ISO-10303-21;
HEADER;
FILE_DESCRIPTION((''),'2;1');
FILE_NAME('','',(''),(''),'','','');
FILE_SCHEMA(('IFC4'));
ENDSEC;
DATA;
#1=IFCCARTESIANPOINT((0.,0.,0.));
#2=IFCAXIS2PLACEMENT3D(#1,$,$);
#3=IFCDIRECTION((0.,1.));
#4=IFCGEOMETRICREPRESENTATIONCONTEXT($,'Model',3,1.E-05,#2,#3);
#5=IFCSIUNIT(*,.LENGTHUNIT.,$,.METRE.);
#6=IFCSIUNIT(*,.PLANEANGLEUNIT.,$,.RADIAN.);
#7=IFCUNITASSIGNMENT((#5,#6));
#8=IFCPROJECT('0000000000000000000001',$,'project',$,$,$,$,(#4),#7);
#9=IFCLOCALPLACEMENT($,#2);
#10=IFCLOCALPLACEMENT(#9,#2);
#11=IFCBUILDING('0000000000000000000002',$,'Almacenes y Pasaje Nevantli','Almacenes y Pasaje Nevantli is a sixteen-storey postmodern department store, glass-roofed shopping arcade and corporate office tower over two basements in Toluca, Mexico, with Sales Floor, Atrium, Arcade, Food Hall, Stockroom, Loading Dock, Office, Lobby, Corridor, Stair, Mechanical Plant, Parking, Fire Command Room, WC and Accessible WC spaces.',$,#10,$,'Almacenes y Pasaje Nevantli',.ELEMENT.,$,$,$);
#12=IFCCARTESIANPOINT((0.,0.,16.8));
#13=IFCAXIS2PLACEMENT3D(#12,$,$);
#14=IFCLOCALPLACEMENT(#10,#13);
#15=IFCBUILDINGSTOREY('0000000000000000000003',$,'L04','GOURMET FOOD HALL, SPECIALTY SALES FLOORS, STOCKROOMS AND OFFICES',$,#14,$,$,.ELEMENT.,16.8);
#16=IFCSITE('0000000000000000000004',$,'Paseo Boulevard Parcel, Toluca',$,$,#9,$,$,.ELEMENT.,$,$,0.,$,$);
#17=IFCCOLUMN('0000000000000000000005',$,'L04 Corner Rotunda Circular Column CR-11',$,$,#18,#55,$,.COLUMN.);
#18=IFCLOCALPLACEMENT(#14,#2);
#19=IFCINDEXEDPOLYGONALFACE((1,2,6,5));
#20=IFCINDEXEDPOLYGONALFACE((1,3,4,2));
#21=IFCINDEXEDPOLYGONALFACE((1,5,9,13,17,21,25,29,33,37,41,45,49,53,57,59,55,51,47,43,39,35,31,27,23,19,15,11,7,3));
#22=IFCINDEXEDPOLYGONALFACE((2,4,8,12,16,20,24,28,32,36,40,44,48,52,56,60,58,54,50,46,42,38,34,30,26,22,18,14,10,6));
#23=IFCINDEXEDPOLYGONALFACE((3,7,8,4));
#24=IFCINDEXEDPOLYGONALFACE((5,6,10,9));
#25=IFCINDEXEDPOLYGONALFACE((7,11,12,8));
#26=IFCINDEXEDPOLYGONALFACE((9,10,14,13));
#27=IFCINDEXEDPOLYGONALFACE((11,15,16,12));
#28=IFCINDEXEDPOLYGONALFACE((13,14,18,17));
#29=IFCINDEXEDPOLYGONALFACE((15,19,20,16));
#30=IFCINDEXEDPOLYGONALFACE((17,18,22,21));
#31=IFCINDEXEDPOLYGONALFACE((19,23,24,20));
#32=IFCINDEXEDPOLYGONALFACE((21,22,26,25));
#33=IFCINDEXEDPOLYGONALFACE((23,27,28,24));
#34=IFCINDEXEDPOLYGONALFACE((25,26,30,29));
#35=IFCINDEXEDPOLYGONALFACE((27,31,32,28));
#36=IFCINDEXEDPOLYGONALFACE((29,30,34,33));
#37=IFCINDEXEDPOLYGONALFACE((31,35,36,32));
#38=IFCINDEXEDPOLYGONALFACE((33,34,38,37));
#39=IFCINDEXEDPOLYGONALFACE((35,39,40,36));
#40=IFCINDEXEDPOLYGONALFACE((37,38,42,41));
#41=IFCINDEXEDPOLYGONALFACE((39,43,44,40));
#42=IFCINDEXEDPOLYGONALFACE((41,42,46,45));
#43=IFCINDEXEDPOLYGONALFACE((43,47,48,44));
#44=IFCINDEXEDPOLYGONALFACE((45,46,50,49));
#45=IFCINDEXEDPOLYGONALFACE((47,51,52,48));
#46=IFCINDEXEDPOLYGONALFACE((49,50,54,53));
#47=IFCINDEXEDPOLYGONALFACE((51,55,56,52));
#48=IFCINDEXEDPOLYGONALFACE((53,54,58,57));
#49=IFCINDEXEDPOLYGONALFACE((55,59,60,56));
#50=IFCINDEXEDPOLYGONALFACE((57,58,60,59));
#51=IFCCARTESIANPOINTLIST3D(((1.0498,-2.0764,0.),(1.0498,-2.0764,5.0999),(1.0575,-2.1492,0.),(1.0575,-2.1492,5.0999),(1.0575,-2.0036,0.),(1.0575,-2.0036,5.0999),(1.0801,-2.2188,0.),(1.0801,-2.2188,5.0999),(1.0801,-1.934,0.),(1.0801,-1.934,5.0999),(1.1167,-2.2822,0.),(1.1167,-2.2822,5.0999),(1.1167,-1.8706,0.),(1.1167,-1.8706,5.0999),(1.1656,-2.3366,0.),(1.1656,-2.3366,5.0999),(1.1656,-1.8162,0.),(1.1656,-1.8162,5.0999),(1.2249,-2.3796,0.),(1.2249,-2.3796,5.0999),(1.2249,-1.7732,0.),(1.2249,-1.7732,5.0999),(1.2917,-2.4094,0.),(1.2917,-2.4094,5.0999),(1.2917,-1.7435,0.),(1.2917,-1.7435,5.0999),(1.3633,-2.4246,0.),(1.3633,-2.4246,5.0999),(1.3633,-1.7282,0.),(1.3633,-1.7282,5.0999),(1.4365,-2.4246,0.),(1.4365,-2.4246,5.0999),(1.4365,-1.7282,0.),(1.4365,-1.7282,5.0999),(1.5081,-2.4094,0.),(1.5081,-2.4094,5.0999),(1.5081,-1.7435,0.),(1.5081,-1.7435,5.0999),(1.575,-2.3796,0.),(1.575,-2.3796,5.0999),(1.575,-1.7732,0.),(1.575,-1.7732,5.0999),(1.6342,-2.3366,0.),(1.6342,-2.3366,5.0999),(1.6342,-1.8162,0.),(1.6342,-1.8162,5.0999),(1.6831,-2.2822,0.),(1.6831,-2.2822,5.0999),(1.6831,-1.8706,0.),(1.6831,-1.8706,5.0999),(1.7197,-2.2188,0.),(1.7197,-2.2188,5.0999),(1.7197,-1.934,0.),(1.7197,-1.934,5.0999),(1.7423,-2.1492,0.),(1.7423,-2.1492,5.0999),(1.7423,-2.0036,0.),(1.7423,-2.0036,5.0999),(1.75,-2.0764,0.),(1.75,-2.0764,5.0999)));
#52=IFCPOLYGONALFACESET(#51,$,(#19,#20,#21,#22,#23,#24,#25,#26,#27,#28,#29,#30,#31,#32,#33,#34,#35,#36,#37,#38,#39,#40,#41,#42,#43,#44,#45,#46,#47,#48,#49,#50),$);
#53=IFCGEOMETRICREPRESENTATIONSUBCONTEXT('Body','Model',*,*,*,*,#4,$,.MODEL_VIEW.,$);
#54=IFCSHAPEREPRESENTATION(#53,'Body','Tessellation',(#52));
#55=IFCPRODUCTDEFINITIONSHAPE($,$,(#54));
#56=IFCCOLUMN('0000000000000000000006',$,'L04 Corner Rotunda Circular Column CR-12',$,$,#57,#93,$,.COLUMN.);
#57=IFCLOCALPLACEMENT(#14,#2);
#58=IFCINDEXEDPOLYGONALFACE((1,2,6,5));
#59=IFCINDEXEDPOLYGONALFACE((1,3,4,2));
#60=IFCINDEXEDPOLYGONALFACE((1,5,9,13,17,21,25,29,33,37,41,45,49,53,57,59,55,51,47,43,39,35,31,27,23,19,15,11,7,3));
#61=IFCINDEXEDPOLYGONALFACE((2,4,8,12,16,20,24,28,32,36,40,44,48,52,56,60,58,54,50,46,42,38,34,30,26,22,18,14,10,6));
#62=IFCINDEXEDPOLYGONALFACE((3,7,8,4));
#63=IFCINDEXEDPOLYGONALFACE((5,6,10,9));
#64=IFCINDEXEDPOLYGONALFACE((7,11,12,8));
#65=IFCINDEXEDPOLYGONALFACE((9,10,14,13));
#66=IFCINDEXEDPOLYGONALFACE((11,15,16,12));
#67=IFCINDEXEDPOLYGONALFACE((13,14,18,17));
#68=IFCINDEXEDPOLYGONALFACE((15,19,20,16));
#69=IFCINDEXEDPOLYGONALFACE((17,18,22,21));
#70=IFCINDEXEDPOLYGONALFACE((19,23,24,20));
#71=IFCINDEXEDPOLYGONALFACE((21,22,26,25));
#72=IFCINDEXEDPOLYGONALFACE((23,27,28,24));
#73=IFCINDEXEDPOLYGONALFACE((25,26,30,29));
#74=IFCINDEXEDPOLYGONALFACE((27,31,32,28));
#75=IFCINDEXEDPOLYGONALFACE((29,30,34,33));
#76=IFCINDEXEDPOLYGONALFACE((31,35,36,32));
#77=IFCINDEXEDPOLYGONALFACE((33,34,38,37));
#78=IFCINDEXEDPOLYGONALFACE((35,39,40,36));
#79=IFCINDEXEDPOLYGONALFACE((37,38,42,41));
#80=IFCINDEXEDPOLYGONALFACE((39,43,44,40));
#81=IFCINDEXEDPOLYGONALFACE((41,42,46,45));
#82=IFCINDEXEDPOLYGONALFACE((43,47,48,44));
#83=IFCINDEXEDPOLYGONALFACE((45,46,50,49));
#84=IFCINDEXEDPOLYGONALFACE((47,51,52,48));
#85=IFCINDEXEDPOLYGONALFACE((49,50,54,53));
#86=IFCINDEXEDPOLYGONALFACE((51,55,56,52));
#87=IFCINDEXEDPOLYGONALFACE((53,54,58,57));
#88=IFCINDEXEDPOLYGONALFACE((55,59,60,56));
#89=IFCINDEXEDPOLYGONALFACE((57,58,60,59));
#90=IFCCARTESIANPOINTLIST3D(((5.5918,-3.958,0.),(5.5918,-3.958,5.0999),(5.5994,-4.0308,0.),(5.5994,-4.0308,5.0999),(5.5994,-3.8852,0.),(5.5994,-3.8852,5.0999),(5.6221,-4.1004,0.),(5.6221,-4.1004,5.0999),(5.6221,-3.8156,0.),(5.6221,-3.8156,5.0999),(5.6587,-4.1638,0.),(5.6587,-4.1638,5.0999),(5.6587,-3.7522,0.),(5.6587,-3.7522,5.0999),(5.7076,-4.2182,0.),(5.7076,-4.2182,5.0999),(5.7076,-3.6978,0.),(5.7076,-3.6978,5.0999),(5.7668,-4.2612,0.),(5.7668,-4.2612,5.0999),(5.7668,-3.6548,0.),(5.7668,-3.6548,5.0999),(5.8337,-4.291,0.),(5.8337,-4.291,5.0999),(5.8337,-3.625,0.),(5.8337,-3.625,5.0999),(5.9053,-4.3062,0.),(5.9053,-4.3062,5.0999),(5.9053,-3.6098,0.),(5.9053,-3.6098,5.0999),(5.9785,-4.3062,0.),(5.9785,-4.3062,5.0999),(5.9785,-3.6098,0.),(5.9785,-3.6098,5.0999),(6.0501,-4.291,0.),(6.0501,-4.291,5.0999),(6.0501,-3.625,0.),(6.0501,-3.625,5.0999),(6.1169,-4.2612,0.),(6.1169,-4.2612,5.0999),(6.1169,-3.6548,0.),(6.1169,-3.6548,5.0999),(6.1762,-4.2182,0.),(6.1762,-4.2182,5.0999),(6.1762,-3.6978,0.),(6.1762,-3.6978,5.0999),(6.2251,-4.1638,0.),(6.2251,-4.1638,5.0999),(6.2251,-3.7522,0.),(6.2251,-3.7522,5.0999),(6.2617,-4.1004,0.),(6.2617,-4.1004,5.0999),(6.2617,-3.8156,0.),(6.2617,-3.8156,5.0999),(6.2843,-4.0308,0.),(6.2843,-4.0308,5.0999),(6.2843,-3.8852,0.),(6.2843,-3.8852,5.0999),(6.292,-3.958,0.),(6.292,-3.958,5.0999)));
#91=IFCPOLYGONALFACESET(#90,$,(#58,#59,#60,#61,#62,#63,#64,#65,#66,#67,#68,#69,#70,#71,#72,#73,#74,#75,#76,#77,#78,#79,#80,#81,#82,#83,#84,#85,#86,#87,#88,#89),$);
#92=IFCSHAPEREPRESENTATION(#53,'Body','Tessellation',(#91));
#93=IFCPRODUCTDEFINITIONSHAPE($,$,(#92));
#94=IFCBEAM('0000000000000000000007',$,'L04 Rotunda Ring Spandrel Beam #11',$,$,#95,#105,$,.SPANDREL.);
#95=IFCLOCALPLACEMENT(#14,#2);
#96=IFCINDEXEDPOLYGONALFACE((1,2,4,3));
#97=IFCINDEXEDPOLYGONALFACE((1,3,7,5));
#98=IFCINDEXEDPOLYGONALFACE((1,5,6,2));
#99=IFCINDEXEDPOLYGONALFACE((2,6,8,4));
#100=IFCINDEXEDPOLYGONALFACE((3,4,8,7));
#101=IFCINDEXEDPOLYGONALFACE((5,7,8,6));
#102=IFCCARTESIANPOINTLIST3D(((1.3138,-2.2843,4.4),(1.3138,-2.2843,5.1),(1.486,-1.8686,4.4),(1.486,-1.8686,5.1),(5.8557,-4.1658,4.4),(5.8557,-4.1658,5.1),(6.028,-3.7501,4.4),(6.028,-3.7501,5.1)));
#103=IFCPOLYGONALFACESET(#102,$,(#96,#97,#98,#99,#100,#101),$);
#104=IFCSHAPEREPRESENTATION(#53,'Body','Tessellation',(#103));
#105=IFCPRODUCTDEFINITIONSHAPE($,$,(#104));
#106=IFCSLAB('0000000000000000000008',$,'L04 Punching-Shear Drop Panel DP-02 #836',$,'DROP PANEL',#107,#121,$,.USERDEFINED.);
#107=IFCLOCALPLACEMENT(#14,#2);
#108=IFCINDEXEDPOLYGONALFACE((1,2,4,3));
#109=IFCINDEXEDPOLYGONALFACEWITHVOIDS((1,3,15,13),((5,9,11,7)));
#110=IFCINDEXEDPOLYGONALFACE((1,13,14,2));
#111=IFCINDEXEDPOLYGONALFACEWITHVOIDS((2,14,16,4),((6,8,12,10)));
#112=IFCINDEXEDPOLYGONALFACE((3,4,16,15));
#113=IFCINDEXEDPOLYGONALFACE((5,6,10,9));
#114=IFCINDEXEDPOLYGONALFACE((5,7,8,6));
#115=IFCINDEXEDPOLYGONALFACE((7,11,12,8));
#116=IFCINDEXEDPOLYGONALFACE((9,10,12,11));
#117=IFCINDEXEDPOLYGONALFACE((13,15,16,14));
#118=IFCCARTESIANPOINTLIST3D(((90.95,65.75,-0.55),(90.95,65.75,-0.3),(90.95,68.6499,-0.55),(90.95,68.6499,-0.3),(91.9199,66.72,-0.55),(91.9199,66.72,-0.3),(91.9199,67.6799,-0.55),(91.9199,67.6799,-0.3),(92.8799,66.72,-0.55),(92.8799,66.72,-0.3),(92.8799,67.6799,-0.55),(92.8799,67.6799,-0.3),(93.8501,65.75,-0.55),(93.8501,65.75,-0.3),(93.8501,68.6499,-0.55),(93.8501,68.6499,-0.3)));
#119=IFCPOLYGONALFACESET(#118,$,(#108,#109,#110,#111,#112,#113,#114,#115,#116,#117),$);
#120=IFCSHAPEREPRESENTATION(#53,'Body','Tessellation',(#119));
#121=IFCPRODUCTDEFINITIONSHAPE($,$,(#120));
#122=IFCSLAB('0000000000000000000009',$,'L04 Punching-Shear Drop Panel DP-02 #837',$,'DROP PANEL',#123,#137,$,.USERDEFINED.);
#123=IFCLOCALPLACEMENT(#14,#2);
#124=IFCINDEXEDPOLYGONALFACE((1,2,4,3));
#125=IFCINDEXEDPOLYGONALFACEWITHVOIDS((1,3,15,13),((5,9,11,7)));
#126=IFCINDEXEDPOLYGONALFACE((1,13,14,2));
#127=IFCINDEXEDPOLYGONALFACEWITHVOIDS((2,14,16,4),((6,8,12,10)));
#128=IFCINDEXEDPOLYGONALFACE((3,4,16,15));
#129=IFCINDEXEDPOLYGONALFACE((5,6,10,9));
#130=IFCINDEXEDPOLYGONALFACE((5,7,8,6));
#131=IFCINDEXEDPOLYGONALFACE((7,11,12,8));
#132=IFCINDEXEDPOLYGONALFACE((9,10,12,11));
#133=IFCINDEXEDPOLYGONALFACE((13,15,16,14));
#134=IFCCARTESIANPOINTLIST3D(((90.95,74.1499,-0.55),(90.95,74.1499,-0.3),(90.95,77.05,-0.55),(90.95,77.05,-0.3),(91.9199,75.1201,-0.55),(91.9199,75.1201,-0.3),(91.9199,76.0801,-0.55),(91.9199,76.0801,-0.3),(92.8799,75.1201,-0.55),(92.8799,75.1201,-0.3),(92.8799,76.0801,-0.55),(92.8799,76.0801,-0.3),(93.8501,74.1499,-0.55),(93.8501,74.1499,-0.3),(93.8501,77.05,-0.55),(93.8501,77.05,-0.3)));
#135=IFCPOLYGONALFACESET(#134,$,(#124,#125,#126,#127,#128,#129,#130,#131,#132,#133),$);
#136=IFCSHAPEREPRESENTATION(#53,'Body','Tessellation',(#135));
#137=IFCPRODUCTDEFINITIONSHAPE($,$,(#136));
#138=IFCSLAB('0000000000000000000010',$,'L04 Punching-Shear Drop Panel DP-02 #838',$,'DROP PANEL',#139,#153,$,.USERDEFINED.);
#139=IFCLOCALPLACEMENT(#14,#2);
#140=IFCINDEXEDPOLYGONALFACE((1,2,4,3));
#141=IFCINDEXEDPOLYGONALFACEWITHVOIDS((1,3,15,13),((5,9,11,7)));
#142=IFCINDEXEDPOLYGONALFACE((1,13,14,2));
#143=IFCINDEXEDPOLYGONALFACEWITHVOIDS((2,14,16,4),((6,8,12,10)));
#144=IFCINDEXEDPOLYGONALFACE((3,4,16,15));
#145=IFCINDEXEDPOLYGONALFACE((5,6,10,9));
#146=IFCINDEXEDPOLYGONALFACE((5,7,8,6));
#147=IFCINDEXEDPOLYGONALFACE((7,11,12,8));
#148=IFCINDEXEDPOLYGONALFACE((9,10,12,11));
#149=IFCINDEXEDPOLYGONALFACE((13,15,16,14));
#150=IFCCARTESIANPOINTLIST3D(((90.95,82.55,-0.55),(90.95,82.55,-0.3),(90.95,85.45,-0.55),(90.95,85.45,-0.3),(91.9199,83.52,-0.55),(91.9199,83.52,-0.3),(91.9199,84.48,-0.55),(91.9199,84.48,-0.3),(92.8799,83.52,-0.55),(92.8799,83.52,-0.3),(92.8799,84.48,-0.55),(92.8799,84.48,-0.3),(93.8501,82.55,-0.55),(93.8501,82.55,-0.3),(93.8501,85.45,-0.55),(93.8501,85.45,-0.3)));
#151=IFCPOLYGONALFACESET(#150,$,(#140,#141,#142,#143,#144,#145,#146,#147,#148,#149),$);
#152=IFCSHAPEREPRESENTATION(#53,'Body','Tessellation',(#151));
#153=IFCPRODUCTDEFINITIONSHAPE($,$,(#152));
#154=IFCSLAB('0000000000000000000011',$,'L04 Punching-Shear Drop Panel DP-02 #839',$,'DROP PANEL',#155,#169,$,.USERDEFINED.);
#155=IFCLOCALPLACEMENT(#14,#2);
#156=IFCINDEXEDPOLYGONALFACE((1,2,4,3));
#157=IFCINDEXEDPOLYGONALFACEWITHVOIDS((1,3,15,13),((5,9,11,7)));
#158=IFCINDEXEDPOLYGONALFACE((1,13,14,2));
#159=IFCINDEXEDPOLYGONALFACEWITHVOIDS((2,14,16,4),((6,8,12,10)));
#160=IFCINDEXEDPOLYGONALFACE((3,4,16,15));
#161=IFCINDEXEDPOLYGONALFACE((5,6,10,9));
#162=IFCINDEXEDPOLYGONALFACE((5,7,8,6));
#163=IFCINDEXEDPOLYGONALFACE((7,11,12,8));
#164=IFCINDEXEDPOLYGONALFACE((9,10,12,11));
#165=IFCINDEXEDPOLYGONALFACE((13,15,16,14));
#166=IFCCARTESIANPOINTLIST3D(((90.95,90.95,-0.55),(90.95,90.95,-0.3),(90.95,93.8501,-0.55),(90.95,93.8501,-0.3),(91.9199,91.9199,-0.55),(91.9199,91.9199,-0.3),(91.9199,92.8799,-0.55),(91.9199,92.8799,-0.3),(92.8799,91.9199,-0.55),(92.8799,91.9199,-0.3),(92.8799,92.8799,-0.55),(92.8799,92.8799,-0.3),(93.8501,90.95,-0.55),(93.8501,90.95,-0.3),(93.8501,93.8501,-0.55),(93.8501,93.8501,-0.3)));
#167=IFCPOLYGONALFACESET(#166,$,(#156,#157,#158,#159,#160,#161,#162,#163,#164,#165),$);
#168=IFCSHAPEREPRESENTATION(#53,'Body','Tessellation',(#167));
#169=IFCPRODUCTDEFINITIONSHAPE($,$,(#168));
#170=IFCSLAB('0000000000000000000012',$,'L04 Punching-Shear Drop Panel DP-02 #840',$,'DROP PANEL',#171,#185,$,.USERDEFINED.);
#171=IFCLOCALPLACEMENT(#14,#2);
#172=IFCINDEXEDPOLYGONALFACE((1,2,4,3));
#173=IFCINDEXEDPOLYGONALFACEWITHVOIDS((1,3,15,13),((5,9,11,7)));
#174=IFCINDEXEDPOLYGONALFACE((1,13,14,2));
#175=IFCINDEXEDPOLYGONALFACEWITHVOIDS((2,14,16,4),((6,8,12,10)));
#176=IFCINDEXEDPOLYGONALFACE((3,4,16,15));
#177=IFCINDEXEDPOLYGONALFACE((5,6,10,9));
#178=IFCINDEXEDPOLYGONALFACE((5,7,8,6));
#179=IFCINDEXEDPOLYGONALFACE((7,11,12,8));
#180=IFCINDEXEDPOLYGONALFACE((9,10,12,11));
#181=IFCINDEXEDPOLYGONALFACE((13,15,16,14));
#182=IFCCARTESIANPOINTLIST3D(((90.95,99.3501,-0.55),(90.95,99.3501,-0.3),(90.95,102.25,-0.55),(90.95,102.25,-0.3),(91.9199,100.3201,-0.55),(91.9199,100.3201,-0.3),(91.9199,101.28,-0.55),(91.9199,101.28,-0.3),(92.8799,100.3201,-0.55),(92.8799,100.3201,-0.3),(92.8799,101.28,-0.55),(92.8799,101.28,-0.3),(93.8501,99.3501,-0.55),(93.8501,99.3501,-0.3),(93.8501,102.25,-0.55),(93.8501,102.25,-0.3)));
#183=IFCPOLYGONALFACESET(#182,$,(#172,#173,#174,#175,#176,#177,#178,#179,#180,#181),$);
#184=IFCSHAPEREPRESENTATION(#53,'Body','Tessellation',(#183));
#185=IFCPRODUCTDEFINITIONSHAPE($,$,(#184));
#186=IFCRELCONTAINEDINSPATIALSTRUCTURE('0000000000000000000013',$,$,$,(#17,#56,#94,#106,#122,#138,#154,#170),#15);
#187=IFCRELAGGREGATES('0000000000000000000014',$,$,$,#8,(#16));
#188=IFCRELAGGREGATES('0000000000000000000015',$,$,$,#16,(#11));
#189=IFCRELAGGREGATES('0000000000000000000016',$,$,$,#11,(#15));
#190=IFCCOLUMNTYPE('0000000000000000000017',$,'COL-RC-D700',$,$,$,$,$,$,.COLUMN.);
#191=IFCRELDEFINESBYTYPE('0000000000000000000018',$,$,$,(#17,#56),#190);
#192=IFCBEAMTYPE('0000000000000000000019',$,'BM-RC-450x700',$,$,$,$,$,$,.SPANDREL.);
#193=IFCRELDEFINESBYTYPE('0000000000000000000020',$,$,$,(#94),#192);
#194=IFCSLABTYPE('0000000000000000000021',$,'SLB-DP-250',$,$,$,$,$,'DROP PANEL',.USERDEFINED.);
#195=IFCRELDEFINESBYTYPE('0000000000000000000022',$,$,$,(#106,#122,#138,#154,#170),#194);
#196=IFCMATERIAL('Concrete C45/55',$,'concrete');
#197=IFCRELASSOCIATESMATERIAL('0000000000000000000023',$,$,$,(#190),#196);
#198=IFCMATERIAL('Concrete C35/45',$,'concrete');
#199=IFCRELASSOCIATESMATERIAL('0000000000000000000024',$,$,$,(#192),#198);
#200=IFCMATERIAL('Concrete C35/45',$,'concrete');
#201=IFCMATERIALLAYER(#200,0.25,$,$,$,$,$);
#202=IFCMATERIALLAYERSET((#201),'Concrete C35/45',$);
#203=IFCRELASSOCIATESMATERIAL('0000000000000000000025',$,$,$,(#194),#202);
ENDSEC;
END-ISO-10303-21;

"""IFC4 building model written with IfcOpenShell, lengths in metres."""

from ifc_helpers import new_model, si_unit, direction, frame, origin, origin_2d, place, context, subcontext, project, spatial, polyline, rectangle, circle, outline, extrude, material, layer, layer_set, material_profile, profile_set, type_object, element, save


model = new_model("IFC4")

# Units and contexts
model_context = context("Model", 3, precision=1e-05, world=origin(), true_north=direction((0.0, 1.0)))
body_context = subcontext(model_context, "Body", "Model", "MODEL_VIEW")
ifc_project = project(units=[si_unit("LENGTHUNIT", "METRE"), si_unit("PLANEANGLEUNIT", "RADIAN")], contexts=[model_context])

# Site, building, storey
site_placement = place(None, origin())
site = spatial("IfcSite", under=ifc_project, at=site_placement, Name="Paseo Boulevard Parcel, Toluca", CompositionType="ELEMENT", RefElevation=0.0)
building_placement = place(site_placement, origin())
building = spatial("IfcBuilding", under=site, at=building_placement, Name="Almacenes y Pasaje Nevantli", Description="Almacenes y Pasaje Nevantli is a sixteen-storey postmodern department store, glass-roofed shopping arcade and corporate office tower over two basements in Toluca, Mexico, with Sales Floor, Atrium, Arcade, Food Hall, Stockroom, Loading Dock, Office, Lobby, Corridor, Stair, Mechanical Plant, Parking, Fire Command Room, WC and Accessible WC spaces.", LongName="Almacenes y Pasaje Nevantli", CompositionType="ELEMENT")
storey_placement = place(building_placement, frame((0.0, 0.0, 16.8)))
storey = spatial("IfcBuildingStorey", under=building, at=storey_placement, Name="L04", Description="GOURMET FOOD HALL, SPECIALTY SALES FLOORS, STOCKROOMS AND OFFICES", CompositionType="ELEMENT", Elevation=16.8)

# Columns
ifc_material_1 = material(Name="Concrete C45/55", Category="concrete")
ifc_material_profile_1 = material_profile(ifc_material_1, circle(Radius=0.3501, at=origin_2d()), Name="RC-COL-D700")
ifc_profile_set_1 = profile_set([ifc_material_profile_1], Name="Concrete C45/55")
column_type = type_object("IfcColumnType", Name="COL-RC-D700", PredefinedType="COLUMN", material=ifc_profile_set_1)
for number, where, z_axis, x_axis, name in (
    (1, (1.3999, -2.0764, 0.0), (0.0, 0.0, 1.0), (1.0, 0.0, 0.0), "L04 Corner Rotunda Circular Column CR-11"),
    (2, (5.9419, -3.958, 0.0), (0.0, 0.0, 1.0), (1.0, 0.0, 0.0), "L04 Corner Rotunda Circular Column CR-12"),
):
    element("IfcColumn", number, at=place(storey_placement, frame(where, z_axis=z_axis, x_axis=x_axis)), inside=storey, type_object=column_type, Name=name, PredefinedType="COLUMN", context=body_context, shape_type="SweptSolid", body=[
        extrude(circle(Radius=0.3501, at=origin_2d()), origin(), (0.0, 0.0, 1.0), 5.0999),
    ])

# Beam
ifc_material_2 = material(Name="Concrete C35/45", Category="concrete")
ifc_material_profile_2 = material_profile(ifc_material_2, rectangle(XDim=0.45, YDim=0.7, at=origin_2d()), Name="RC-BM-450x700")
ifc_profile_set_2 = profile_set([ifc_material_profile_2], Name="Concrete C35/45")
beam_type = type_object("IfcBeamType", Name="BM-RC-450x700", PredefinedType="SPANDREL", material=ifc_profile_set_2)
beam_placement = place(storey_placement, frame((1.3999, -2.0764, 4.75), z_axis=(0.923862, -0.382725, 0.0), x_axis=(0.382725, 0.923862, 0.0)))
element("IfcBeam", 3, at=beam_placement, inside=storey, type_object=beam_type, Name="L04 Rotunda Ring Spandrel Beam #11", PredefinedType="SPANDREL", context=body_context, shape_type="SweptSolid", body=[
    extrude(rectangle(XDim=0.45, YDim=0.7, at=origin_2d()), origin(), (0.0, 0.0, 1.0), 4.9163),
])

# Slabs
ifc_material_3 = material(Name="Concrete C35/45", Category="concrete")
ifc_layer_1 = layer(ifc_material_3, 0.25)
ifc_layer_set_1 = layer_set([ifc_layer_1], Name="Concrete C35/45")
slab_type_1 = type_object("IfcSlabType", Name="SLB-DP-250", ElementType="DROP PANEL", PredefinedType="USERDEFINED", material=ifc_layer_set_1)
slab_1_placement = place(storey_placement, frame((0.0, 0.0, -0.55)))
element("IfcSlab", 4, at=slab_1_placement, inside=storey, type_object=slab_type_1, Name="L04 Punching-Shear Drop Panel DP-02 #836", ObjectType="DROP PANEL", PredefinedType="USERDEFINED", context=body_context, shape_type="SweptSolid", body=[
    extrude(outline(polyline([(90.95, 65.75), (93.8501, 65.75), (93.8501, 68.6499), (90.95, 68.6499), (90.95, 65.75)]), holes=[polyline([(91.9199, 66.72), (92.8799, 66.72), (92.8799, 67.6799), (91.9199, 67.6799), (91.9199, 66.72)])]), origin(), (0.0, 0.0, 1.0), 0.25),
])
slab_2_placement = place(storey_placement, frame((0.0, 0.0, -0.55)))
element("IfcSlab", 5, at=slab_2_placement, inside=storey, type_object=slab_type_1, Name="L04 Punching-Shear Drop Panel DP-02 #837", ObjectType="DROP PANEL", PredefinedType="USERDEFINED", context=body_context, shape_type="SweptSolid", body=[
    extrude(outline(polyline([(90.95, 74.1499), (93.8501, 74.1499), (93.8501, 77.05), (90.95, 77.05), (90.95, 74.1499)]), holes=[polyline([(91.9199, 75.1201), (92.8799, 75.1201), (92.8799, 76.0801), (91.9199, 76.0801), (91.9199, 75.1201)])]), origin(), (0.0, 0.0, 1.0), 0.25),
])
slab_3_placement = place(storey_placement, frame((0.0, 0.0, -0.55)))
element("IfcSlab", 6, at=slab_3_placement, inside=storey, type_object=slab_type_1, Name="L04 Punching-Shear Drop Panel DP-02 #838", ObjectType="DROP PANEL", PredefinedType="USERDEFINED", context=body_context, shape_type="SweptSolid", body=[
    extrude(outline(polyline([(90.95, 82.55), (93.8501, 82.55), (93.8501, 85.45), (90.95, 85.45), (90.95, 82.55)]), holes=[polyline([(91.9199, 83.52), (92.8799, 83.52), (92.8799, 84.48), (91.9199, 84.48), (91.9199, 83.52)])]), origin(), (0.0, 0.0, 1.0), 0.25),
])
slab_4_placement = place(storey_placement, frame((0.0, 0.0, -0.55)))
element("IfcSlab", 7, at=slab_4_placement, inside=storey, type_object=slab_type_1, Name="L04 Punching-Shear Drop Panel DP-02 #839", ObjectType="DROP PANEL", PredefinedType="USERDEFINED", context=body_context, shape_type="SweptSolid", body=[
    extrude(outline(polyline([(90.95, 90.95), (93.8501, 90.95), (93.8501, 93.8501), (90.95, 93.8501), (90.95, 90.95)]), holes=[polyline([(91.9199, 91.9199), (92.8799, 91.9199), (92.8799, 92.8799), (91.9199, 92.8799), (91.9199, 91.9199)])]), origin(), (0.0, 0.0, 1.0), 0.25),
])
slab_5_placement = place(storey_placement, frame((0.0, 0.0, -0.55)))
element("IfcSlab", 8, at=slab_5_placement, inside=storey, type_object=slab_type_1, Name="L04 Punching-Shear Drop Panel DP-02 #840", ObjectType="DROP PANEL", PredefinedType="USERDEFINED", context=body_context, shape_type="SweptSolid", body=[
    extrude(outline(polyline([(90.95, 99.3501), (93.8501, 99.3501), (93.8501, 102.25), (90.95, 102.25), (90.95, 99.3501)]), holes=[polyline([(91.9199, 100.3201), (92.8799, 100.3201), (92.8799, 101.28), (91.9199, 101.28), (91.9199, 100.3201)])]), origin(), (0.0, 0.0, 1.0), 0.25),
])

save(model, "model.ifc")
